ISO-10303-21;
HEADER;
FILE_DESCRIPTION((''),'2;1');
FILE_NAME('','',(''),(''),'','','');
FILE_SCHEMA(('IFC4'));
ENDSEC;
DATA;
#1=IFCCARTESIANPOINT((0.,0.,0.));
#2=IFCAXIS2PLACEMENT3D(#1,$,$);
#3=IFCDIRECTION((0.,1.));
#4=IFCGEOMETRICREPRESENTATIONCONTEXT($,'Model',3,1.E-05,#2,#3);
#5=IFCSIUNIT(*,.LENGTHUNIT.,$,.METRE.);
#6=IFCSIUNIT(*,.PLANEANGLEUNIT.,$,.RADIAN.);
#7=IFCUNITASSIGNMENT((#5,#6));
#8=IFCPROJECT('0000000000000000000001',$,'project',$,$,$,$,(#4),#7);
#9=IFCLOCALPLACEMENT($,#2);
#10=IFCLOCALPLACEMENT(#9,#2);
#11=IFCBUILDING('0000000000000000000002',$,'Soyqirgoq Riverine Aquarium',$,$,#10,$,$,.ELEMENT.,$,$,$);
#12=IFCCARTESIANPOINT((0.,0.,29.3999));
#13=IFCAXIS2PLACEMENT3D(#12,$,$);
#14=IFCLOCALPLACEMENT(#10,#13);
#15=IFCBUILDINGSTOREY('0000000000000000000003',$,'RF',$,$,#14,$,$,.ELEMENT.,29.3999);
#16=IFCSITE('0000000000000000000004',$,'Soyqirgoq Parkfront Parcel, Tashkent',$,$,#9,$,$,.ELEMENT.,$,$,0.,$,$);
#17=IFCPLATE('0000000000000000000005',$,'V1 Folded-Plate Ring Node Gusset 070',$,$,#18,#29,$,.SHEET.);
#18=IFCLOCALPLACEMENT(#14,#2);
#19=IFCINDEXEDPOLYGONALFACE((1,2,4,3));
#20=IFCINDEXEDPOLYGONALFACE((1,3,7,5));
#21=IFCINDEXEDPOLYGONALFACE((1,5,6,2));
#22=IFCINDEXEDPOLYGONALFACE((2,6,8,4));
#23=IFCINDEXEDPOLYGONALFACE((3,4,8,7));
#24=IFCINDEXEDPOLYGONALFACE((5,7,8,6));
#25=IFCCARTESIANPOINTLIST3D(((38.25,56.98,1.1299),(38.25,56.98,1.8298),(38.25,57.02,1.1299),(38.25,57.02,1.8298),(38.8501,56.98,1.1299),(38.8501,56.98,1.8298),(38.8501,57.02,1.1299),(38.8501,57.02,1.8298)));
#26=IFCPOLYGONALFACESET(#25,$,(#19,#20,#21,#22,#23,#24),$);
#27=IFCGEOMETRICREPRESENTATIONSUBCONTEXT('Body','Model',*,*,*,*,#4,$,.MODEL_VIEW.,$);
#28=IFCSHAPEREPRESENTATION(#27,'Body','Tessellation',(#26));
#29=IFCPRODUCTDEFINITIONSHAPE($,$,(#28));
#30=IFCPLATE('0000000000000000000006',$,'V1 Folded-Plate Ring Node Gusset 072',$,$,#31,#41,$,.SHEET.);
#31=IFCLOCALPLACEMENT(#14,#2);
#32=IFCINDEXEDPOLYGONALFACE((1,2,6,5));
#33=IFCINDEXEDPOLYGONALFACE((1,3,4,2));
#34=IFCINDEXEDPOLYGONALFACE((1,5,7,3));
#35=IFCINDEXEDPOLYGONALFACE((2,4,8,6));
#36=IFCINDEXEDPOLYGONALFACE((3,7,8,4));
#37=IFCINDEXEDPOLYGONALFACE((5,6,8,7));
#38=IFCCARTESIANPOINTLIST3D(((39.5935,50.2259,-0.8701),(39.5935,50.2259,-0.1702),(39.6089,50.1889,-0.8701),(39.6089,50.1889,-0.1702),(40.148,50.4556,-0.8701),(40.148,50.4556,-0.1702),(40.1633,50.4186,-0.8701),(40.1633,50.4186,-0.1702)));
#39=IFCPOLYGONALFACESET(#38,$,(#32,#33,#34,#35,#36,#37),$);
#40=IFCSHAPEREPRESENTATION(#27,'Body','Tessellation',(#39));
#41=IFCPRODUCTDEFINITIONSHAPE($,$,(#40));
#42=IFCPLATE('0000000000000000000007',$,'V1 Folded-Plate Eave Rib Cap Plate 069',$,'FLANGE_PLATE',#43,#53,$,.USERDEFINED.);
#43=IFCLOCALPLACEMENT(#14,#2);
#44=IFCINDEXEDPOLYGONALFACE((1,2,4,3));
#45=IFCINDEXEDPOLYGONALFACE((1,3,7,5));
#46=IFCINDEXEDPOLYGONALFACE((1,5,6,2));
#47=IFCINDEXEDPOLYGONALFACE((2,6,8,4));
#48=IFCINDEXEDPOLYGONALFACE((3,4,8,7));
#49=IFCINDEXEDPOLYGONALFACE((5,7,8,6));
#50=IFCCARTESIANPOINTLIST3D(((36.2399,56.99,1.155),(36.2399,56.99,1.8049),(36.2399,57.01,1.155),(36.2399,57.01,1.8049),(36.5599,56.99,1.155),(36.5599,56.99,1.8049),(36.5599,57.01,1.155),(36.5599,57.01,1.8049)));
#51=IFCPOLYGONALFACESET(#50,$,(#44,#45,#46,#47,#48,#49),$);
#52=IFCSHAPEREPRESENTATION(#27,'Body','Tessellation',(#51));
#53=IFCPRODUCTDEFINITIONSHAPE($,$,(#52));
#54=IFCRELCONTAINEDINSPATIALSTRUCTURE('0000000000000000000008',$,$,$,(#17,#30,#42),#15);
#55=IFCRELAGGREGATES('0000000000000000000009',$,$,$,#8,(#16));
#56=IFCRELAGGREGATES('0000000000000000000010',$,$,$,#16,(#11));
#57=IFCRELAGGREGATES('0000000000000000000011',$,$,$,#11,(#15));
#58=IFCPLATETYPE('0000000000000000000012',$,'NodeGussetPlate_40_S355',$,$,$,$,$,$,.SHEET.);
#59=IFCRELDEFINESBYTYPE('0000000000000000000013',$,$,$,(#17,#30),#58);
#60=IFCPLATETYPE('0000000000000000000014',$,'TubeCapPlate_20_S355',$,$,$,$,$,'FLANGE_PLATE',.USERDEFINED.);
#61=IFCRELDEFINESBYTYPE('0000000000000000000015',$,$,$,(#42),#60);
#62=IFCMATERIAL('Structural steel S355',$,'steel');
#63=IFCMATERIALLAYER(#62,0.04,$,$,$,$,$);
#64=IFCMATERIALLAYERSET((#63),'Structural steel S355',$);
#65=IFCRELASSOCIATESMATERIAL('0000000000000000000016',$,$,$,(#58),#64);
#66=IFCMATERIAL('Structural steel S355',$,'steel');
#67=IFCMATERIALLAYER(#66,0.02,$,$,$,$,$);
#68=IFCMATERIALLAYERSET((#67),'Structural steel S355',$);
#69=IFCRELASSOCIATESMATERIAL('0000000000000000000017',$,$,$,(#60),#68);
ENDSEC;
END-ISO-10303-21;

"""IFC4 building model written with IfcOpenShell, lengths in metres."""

from ifc_helpers import new_model, si_unit, direction, frame, origin, origin_2d, place, context, subcontext, project, spatial, rectangle, extrude, material, layer, layer_set, type_object, element, save


model = new_model("IFC4")

# Units and contexts
model_context = context("Model", 3, precision=1e-05, world=origin(), true_north=direction((0.0, 1.0)))
body_context = subcontext(model_context, "Body", "Model", "MODEL_VIEW")
ifc_project = project(units=[si_unit("LENGTHUNIT", "METRE"), si_unit("PLANEANGLEUNIT", "RADIAN")], contexts=[model_context])

# Site, building, storey
site_placement = place(None, origin())
site = spatial("IfcSite", under=ifc_project, at=site_placement, Name="Soyqirgoq Parkfront Parcel, Tashkent", CompositionType="ELEMENT", RefElevation=0.0)
building_placement = place(site_placement, origin())
building = spatial("IfcBuilding", under=site, at=building_placement, Name="Soyqirgoq Riverine Aquarium", CompositionType="ELEMENT")
storey_placement = place(building_placement, frame((0.0, 0.0, 29.3999)))
storey = spatial("IfcBuildingStorey", under=building, at=storey_placement, Name="RF", CompositionType="ELEMENT", Elevation=29.3999)

# Plates
ifc_material_1 = material(Name="Structural steel S355", Category="steel")
ifc_layer_1 = layer(ifc_material_1, 0.04)
ifc_layer_set_1 = layer_set([ifc_layer_1], Name="Structural steel S355")
plate_type_1 = type_object("IfcPlateType", Name="NodeGussetPlate_40_S355", PredefinedType="SHEET", material=ifc_layer_set_1)
for number, where, z_axis, x_axis, name in (
    (1, (38.55, 57.0, 1.1299), (0.0, 0.0, 1.0), (-1.0, 0.0, 0.0), "V1 Folded-Plate Ring Node Gusset 070"),
    (2, (39.8784, 50.3223, -0.8701), (0.0, 0.0, 1.0), (-0.92388, -0.382683, 0.0), "V1 Folded-Plate Ring Node Gusset 072"),
):
    element("IfcPlate", number, at=place(storey_placement, frame(where, z_axis=z_axis, x_axis=x_axis)), inside=storey, type_object=plate_type_1, Name=name, PredefinedType="SHEET", context=body_context, shape_type="SweptSolid", body=[
        extrude(rectangle(XDim=0.6001, YDim=0.04, at=origin_2d()), origin(), (0.0, 0.0, 1.0), 0.7),
    ])
ifc_material_2 = material(Name="Structural steel S355", Category="steel")
ifc_layer_2 = layer(ifc_material_2, 0.02)
ifc_layer_set_2 = layer_set([ifc_layer_2], Name="Structural steel S355")
plate_type_2 = type_object("IfcPlateType", Name="TubeCapPlate_20_S355", ElementType="FLANGE_PLATE", PredefinedType="USERDEFINED", material=ifc_layer_set_2)
plate_1_placement = place(storey_placement, frame((36.3999, 57.0, 1.155), z_axis=(0.0, 0.0, 1.0), x_axis=(-1.0, 0.0, 0.0)))
element("IfcPlate", 3, at=plate_1_placement, inside=storey, type_object=plate_type_2, Name="V1 Folded-Plate Eave Rib Cap Plate 069", ObjectType="FLANGE_PLATE", PredefinedType="USERDEFINED", context=body_context, shape_type="SweptSolid", body=[
    extrude(rectangle(XDim=0.3201, YDim=0.02, at=origin_2d()), origin(), (0.0, 0.0, 1.0), 0.6499),
])

save(model, "model.ifc")
